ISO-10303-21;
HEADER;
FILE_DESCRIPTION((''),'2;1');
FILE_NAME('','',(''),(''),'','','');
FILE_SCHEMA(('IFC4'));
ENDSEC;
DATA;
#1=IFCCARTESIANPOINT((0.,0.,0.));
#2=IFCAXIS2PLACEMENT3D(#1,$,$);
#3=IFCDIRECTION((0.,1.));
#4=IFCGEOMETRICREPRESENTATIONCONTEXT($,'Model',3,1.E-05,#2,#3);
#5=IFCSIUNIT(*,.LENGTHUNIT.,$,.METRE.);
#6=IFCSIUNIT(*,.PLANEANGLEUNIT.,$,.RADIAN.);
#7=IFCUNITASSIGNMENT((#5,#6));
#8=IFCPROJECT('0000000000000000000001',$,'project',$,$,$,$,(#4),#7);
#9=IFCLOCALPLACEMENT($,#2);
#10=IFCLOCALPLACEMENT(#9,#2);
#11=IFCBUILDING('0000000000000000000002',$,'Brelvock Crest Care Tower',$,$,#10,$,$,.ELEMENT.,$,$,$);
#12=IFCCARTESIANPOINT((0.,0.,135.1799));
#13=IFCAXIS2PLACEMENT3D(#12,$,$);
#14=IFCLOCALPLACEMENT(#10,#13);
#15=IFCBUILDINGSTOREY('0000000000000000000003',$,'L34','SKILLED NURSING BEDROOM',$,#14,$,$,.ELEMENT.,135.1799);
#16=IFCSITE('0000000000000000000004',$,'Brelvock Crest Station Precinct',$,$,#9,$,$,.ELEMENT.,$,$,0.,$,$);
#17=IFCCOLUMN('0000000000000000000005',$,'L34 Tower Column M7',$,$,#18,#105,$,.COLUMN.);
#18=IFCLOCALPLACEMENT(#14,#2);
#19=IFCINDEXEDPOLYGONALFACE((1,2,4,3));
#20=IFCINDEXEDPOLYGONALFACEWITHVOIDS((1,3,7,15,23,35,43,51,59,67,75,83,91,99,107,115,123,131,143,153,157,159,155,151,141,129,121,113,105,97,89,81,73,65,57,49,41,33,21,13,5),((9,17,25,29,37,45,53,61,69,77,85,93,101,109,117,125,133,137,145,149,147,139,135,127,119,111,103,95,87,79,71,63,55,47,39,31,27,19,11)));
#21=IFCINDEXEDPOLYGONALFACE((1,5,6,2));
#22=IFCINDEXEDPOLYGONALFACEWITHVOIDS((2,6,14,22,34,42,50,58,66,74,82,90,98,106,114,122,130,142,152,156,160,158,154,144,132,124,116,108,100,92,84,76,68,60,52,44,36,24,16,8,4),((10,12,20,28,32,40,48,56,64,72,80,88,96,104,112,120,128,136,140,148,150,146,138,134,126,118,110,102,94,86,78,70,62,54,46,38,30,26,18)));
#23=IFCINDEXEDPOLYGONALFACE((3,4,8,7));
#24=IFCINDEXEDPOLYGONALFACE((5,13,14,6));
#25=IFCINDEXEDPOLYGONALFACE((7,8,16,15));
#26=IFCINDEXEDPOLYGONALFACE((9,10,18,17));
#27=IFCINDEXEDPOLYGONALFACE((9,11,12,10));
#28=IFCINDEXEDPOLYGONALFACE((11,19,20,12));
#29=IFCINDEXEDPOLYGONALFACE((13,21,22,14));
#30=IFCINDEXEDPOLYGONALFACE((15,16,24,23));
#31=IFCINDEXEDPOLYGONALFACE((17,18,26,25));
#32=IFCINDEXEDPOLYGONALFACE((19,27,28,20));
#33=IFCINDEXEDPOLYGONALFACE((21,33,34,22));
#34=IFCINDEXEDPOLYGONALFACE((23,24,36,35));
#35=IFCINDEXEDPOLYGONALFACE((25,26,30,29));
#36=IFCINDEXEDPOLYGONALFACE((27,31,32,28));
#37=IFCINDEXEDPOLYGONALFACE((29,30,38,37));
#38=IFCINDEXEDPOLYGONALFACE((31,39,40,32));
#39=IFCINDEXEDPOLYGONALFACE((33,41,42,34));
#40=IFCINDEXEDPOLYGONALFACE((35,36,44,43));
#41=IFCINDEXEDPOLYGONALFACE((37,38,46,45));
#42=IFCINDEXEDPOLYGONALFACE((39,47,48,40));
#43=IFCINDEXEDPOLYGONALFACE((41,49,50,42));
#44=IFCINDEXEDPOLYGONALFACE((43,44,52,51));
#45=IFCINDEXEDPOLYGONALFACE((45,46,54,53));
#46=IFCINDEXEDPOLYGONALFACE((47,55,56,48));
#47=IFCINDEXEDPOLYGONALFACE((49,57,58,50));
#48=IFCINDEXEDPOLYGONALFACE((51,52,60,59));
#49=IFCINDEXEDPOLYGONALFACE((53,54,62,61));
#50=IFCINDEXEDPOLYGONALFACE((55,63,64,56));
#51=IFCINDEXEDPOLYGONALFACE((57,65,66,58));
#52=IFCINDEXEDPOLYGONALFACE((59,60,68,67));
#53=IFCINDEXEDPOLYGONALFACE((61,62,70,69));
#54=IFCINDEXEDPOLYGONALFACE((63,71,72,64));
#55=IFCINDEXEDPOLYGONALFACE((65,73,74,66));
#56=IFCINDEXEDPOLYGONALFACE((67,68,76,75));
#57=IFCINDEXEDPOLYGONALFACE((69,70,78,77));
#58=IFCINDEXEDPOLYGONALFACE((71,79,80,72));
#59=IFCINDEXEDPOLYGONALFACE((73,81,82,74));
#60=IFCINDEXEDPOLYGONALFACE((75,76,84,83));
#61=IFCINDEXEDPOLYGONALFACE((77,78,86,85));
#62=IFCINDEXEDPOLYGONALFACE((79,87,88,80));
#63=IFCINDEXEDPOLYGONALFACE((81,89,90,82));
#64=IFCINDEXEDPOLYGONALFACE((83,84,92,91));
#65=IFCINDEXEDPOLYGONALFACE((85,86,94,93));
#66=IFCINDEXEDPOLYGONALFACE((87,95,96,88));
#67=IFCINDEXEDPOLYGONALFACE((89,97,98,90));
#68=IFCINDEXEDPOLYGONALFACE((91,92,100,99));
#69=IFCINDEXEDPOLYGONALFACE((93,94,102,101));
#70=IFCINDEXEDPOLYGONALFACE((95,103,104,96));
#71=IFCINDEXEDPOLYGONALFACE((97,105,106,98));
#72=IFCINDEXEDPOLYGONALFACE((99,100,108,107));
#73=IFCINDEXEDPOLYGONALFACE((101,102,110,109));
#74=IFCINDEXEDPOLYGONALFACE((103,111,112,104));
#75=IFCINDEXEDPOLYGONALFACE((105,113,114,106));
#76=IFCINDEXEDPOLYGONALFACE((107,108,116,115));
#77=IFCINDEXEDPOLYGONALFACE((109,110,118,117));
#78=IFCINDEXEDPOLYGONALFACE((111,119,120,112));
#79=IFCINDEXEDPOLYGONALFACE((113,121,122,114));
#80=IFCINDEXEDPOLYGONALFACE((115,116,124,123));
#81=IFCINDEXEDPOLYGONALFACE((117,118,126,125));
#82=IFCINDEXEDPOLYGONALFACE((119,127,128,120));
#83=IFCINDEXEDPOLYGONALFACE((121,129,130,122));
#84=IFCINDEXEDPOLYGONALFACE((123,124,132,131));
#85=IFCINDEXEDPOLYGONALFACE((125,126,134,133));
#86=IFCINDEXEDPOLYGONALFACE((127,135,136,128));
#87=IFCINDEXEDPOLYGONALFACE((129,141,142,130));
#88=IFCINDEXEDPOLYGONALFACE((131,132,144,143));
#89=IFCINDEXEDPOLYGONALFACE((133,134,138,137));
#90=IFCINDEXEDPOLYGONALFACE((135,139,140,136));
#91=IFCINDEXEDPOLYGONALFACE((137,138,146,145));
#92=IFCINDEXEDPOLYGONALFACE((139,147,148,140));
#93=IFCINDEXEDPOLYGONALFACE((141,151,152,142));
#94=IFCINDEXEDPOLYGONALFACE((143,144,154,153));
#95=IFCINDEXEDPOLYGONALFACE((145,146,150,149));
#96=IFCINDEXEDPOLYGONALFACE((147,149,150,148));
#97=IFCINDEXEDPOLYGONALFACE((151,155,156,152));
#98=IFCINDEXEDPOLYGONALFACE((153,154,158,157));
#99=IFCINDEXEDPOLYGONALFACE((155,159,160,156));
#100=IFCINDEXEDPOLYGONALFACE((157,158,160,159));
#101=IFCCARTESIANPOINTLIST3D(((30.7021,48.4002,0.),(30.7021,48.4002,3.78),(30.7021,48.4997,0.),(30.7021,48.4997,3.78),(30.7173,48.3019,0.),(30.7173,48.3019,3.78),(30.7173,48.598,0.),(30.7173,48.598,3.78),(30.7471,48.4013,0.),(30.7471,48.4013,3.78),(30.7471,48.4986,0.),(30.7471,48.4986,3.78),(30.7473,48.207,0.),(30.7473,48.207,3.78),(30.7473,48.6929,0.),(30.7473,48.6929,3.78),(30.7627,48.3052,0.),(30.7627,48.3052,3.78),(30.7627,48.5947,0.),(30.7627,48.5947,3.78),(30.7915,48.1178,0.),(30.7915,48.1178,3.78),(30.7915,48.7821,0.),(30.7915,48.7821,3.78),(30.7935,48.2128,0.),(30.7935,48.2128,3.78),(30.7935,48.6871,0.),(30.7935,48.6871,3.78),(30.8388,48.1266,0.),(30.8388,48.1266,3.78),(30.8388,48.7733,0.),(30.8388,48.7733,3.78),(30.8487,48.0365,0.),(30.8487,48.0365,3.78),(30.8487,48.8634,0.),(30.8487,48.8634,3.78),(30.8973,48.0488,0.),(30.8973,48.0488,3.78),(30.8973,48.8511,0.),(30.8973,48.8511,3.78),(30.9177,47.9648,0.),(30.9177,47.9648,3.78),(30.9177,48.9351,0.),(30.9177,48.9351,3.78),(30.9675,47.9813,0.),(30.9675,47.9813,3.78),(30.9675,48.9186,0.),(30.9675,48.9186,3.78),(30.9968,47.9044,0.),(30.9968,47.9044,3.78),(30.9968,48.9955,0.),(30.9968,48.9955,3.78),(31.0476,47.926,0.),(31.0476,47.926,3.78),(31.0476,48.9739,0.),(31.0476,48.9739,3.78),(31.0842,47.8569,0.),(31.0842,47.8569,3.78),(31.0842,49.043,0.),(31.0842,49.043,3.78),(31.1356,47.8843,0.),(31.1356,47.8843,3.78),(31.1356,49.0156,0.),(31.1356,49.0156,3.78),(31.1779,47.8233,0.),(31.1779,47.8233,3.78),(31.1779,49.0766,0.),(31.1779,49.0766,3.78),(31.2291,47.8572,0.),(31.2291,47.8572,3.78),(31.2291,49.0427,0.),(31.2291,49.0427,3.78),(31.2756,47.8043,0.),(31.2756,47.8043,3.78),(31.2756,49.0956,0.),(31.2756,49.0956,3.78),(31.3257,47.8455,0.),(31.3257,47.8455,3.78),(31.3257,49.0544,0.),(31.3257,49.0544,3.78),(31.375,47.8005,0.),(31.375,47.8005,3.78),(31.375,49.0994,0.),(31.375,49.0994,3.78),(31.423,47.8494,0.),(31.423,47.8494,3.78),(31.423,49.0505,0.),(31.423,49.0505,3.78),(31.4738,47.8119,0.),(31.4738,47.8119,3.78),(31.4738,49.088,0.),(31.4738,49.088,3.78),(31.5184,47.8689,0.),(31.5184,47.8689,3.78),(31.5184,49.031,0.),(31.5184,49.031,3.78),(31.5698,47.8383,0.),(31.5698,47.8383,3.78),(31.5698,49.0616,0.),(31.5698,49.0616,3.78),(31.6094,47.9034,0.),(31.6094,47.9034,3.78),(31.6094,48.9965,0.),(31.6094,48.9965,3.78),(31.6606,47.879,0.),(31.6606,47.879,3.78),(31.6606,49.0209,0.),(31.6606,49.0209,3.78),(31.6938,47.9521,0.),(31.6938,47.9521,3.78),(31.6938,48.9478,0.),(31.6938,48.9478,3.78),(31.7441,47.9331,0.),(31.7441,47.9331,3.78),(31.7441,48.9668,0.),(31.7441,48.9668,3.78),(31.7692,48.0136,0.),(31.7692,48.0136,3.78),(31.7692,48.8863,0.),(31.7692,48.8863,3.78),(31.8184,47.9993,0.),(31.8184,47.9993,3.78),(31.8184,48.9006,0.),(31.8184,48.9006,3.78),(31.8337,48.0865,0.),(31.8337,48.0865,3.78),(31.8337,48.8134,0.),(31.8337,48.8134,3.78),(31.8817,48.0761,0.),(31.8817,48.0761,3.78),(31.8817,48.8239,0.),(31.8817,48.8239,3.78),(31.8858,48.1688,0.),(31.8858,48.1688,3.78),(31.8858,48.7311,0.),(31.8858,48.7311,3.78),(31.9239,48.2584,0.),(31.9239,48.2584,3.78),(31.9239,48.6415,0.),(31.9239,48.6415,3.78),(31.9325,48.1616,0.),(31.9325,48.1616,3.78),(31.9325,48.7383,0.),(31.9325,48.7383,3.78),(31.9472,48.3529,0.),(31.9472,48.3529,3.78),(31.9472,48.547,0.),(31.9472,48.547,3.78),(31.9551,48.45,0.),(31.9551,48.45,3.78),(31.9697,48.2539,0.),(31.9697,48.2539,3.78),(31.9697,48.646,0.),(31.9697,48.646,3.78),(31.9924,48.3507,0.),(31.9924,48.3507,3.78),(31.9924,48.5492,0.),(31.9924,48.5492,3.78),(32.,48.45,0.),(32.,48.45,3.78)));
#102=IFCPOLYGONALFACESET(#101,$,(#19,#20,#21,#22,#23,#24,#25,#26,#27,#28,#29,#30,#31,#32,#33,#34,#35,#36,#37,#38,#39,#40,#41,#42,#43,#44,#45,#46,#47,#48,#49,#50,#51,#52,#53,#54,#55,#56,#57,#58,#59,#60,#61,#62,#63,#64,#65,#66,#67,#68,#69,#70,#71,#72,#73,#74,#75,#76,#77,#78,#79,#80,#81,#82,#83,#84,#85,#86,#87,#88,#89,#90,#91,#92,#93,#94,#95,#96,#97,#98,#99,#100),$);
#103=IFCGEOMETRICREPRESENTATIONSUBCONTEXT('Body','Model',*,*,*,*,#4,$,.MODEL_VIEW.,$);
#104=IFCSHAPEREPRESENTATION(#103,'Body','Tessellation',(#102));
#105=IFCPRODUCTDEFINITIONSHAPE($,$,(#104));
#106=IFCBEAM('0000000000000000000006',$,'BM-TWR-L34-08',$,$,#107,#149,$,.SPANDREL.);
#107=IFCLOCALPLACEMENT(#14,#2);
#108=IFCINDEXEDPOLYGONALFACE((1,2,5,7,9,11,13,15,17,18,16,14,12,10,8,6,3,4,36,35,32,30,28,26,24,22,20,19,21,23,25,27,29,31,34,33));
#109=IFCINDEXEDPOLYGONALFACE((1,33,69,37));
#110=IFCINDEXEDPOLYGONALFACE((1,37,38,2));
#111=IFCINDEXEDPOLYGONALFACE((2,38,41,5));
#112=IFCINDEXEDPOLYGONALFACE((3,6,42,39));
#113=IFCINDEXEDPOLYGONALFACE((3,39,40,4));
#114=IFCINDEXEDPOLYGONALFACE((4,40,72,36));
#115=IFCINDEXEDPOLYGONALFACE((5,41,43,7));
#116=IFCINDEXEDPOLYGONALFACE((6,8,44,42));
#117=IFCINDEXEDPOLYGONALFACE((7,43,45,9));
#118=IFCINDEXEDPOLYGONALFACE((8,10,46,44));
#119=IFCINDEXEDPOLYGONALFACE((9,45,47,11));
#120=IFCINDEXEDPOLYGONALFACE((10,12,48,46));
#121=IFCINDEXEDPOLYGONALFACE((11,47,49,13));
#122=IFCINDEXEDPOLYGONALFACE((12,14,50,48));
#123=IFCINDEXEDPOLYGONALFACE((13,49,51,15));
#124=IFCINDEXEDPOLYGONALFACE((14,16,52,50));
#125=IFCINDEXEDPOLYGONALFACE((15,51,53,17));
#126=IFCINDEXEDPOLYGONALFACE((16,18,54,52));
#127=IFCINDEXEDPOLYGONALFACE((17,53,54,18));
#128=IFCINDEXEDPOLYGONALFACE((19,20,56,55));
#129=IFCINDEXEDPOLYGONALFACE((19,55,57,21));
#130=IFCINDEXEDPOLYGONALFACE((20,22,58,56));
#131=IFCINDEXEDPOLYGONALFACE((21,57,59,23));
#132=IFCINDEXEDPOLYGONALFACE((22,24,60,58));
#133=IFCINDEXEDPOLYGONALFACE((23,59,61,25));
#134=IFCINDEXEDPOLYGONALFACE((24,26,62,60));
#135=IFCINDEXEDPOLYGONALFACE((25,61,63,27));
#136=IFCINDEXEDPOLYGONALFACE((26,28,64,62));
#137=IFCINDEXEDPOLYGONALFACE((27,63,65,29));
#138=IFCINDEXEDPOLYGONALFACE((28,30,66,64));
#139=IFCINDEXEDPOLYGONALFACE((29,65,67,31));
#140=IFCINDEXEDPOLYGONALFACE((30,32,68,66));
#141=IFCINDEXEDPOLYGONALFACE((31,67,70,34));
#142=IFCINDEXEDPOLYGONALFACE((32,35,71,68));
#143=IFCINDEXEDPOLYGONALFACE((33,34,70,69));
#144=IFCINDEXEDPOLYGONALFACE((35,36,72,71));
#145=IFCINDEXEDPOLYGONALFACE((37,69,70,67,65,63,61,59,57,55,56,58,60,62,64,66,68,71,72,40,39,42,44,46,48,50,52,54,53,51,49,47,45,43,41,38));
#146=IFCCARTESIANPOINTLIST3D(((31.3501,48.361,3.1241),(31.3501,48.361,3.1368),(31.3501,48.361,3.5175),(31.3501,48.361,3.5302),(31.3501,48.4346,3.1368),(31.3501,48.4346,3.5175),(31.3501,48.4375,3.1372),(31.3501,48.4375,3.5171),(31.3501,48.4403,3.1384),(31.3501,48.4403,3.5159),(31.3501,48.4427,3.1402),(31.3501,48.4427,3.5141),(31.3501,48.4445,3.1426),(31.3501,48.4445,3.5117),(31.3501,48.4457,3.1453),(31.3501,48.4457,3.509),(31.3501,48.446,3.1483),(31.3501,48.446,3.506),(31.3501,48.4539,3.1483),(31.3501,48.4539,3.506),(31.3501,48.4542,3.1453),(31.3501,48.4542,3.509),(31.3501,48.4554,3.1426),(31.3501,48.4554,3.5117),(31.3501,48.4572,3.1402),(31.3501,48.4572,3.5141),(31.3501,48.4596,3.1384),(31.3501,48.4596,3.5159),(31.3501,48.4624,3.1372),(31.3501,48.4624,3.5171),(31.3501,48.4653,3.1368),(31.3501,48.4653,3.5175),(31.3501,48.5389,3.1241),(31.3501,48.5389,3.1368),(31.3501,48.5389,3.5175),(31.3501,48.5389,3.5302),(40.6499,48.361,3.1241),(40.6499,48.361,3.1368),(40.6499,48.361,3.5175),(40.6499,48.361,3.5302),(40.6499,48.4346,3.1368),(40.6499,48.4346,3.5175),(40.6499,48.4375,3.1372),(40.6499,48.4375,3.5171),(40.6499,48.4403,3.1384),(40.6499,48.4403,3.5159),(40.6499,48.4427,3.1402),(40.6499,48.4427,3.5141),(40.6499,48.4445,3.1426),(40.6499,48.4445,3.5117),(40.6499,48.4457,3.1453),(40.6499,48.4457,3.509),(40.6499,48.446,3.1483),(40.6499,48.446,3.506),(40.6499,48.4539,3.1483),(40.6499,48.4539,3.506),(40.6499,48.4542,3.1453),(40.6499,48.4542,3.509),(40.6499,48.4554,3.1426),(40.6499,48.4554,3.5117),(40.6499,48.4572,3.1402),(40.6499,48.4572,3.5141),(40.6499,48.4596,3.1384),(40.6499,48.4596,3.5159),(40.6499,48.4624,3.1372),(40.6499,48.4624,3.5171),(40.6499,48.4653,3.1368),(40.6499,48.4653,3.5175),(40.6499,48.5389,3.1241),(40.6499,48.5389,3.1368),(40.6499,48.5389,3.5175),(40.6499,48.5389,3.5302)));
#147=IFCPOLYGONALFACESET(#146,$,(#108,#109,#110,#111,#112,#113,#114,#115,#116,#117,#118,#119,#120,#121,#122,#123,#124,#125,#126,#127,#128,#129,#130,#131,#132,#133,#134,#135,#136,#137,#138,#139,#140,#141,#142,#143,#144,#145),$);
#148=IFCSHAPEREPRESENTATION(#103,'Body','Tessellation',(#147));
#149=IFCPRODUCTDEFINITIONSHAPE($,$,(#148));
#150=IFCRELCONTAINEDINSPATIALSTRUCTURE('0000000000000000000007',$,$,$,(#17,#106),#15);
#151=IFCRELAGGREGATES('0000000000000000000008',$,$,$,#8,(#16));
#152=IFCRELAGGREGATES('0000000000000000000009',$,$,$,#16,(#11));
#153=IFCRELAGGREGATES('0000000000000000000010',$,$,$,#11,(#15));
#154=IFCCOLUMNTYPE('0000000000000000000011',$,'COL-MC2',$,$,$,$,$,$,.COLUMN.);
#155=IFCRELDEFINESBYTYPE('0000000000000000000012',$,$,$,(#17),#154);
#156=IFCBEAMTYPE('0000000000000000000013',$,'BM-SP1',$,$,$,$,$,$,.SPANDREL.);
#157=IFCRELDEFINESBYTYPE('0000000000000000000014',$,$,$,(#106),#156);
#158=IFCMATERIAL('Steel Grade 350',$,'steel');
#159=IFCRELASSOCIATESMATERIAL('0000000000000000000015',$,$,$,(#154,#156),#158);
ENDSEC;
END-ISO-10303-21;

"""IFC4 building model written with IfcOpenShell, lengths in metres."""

from ifc_helpers import new_model, si_unit, direction, frame, origin, origin_2d, place, context, subcontext, project, spatial, hollow_circle, i_section, extrude, source, transform, mapped, material, material_profile, profile_set, type_object, element, save


model = new_model("IFC4")

# Units and contexts
model_context = context("Model", 3, precision=1e-05, world=origin(), true_north=direction((0.0, 1.0)))
body_context = subcontext(model_context, "Body", "Model", "MODEL_VIEW")
ifc_project = project(units=[si_unit("LENGTHUNIT", "METRE"), si_unit("PLANEANGLEUNIT", "RADIAN")], contexts=[model_context])

# Site, building, storey
site_placement = place(None, origin())
site = spatial("IfcSite", under=ifc_project, at=site_placement, Name="Brelvock Crest Station Precinct", CompositionType="ELEMENT", RefElevation=0.0)
building_placement = place(site_placement, origin())
building = spatial("IfcBuilding", under=site, at=building_placement, Name="Brelvock Crest Care Tower", CompositionType="ELEMENT")
storey_placement = place(building_placement, frame((0.0, 0.0, 135.1799)))
storey = spatial("IfcBuildingStorey", under=building, at=storey_placement, Name="L34", Description="SKILLED NURSING BEDROOM", CompositionType="ELEMENT", Elevation=135.1799)

# Column
ifc_material_1 = material(Name="Steel Grade 350", Category="steel")
ifc_material_profile_1 = material_profile(ifc_material_1, hollow_circle(Radius=0.6499, WallThickness=0.0449, at=origin_2d()), Name="CFT1300x45")
ifc_profile_set_1 = profile_set([ifc_material_profile_1], Name="Steel Grade 350")
column_type = type_object("IfcColumnType", Name="COL-MC2", PredefinedType="COLUMN", material=ifc_profile_set_1)
shared_shape_1 = source(origin(), body_context, "Body", "SweptSolid", [
    extrude(hollow_circle(Radius=0.6499, WallThickness=0.0449, at=origin_2d()), origin(), (0.0, 0.0, 1.0), 3.78),
])
column_placement = place(storey_placement, frame((31.3501, 48.45, 0.0), z_axis=(0.0, 0.0, 1.0), x_axis=(1.0, 0.0, 0.0)))
element("IfcColumn", 1, at=column_placement, inside=storey, type_object=column_type, Name="L34 Tower Column M7", PredefinedType="COLUMN", context=body_context, shape_type="MappedRepresentation", body=[
    mapped(shared_shape_1, transform((0.0, 0.0, 0.0), x_axis=(1.0, 0.0, 0.0), y_axis=(0.0, 1.0, 0.0), z_axis=(0.0, 0.0, 1.0), scale=1.0)),
])

# Beam
ifc_material_profile_2 = material_profile(ifc_material_1, i_section(OverallWidth=0.178, OverallDepth=0.406, WebThickness=0.0078, FlangeThickness=0.0127, FilletRadius=0.0115, at=origin_2d()), Name="410UB59.7")
ifc_profile_set_2 = profile_set([ifc_material_profile_2], Name="Steel Grade 350")
beam_type_1 = type_object("IfcBeamType", Name="BM-SP1", PredefinedType="SPANDREL", material=ifc_profile_set_2)
shared_shape_2 = source(origin(), body_context, "Body", "SweptSolid", [
    extrude(i_section(OverallWidth=0.178, OverallDepth=0.406, WebThickness=0.0078, FlangeThickness=0.0127, FilletRadius=0.0115, at=origin_2d()), origin(), (0.0, 0.0, 1.0), 9.2998),
])
beam_placement = place(storey_placement, frame((31.3501, 48.45, 3.3271), z_axis=(1.0, 0.0, 0.0), x_axis=(0.0, 1.0, 0.0)))
element("IfcBeam", 2, at=beam_placement, inside=storey, type_object=beam_type_1, Name="BM-TWR-L34-08", PredefinedType="SPANDREL", context=body_context, shape_type="MappedRepresentation", body=[
    mapped(shared_shape_2, transform((0.0, 0.0, 0.0), x_axis=(1.0, 0.0, 0.0), y_axis=(0.0, 1.0, 0.0), z_axis=(0.0, 0.0, 1.0), scale=1.0)),
])

save(model, "model.ifc")
